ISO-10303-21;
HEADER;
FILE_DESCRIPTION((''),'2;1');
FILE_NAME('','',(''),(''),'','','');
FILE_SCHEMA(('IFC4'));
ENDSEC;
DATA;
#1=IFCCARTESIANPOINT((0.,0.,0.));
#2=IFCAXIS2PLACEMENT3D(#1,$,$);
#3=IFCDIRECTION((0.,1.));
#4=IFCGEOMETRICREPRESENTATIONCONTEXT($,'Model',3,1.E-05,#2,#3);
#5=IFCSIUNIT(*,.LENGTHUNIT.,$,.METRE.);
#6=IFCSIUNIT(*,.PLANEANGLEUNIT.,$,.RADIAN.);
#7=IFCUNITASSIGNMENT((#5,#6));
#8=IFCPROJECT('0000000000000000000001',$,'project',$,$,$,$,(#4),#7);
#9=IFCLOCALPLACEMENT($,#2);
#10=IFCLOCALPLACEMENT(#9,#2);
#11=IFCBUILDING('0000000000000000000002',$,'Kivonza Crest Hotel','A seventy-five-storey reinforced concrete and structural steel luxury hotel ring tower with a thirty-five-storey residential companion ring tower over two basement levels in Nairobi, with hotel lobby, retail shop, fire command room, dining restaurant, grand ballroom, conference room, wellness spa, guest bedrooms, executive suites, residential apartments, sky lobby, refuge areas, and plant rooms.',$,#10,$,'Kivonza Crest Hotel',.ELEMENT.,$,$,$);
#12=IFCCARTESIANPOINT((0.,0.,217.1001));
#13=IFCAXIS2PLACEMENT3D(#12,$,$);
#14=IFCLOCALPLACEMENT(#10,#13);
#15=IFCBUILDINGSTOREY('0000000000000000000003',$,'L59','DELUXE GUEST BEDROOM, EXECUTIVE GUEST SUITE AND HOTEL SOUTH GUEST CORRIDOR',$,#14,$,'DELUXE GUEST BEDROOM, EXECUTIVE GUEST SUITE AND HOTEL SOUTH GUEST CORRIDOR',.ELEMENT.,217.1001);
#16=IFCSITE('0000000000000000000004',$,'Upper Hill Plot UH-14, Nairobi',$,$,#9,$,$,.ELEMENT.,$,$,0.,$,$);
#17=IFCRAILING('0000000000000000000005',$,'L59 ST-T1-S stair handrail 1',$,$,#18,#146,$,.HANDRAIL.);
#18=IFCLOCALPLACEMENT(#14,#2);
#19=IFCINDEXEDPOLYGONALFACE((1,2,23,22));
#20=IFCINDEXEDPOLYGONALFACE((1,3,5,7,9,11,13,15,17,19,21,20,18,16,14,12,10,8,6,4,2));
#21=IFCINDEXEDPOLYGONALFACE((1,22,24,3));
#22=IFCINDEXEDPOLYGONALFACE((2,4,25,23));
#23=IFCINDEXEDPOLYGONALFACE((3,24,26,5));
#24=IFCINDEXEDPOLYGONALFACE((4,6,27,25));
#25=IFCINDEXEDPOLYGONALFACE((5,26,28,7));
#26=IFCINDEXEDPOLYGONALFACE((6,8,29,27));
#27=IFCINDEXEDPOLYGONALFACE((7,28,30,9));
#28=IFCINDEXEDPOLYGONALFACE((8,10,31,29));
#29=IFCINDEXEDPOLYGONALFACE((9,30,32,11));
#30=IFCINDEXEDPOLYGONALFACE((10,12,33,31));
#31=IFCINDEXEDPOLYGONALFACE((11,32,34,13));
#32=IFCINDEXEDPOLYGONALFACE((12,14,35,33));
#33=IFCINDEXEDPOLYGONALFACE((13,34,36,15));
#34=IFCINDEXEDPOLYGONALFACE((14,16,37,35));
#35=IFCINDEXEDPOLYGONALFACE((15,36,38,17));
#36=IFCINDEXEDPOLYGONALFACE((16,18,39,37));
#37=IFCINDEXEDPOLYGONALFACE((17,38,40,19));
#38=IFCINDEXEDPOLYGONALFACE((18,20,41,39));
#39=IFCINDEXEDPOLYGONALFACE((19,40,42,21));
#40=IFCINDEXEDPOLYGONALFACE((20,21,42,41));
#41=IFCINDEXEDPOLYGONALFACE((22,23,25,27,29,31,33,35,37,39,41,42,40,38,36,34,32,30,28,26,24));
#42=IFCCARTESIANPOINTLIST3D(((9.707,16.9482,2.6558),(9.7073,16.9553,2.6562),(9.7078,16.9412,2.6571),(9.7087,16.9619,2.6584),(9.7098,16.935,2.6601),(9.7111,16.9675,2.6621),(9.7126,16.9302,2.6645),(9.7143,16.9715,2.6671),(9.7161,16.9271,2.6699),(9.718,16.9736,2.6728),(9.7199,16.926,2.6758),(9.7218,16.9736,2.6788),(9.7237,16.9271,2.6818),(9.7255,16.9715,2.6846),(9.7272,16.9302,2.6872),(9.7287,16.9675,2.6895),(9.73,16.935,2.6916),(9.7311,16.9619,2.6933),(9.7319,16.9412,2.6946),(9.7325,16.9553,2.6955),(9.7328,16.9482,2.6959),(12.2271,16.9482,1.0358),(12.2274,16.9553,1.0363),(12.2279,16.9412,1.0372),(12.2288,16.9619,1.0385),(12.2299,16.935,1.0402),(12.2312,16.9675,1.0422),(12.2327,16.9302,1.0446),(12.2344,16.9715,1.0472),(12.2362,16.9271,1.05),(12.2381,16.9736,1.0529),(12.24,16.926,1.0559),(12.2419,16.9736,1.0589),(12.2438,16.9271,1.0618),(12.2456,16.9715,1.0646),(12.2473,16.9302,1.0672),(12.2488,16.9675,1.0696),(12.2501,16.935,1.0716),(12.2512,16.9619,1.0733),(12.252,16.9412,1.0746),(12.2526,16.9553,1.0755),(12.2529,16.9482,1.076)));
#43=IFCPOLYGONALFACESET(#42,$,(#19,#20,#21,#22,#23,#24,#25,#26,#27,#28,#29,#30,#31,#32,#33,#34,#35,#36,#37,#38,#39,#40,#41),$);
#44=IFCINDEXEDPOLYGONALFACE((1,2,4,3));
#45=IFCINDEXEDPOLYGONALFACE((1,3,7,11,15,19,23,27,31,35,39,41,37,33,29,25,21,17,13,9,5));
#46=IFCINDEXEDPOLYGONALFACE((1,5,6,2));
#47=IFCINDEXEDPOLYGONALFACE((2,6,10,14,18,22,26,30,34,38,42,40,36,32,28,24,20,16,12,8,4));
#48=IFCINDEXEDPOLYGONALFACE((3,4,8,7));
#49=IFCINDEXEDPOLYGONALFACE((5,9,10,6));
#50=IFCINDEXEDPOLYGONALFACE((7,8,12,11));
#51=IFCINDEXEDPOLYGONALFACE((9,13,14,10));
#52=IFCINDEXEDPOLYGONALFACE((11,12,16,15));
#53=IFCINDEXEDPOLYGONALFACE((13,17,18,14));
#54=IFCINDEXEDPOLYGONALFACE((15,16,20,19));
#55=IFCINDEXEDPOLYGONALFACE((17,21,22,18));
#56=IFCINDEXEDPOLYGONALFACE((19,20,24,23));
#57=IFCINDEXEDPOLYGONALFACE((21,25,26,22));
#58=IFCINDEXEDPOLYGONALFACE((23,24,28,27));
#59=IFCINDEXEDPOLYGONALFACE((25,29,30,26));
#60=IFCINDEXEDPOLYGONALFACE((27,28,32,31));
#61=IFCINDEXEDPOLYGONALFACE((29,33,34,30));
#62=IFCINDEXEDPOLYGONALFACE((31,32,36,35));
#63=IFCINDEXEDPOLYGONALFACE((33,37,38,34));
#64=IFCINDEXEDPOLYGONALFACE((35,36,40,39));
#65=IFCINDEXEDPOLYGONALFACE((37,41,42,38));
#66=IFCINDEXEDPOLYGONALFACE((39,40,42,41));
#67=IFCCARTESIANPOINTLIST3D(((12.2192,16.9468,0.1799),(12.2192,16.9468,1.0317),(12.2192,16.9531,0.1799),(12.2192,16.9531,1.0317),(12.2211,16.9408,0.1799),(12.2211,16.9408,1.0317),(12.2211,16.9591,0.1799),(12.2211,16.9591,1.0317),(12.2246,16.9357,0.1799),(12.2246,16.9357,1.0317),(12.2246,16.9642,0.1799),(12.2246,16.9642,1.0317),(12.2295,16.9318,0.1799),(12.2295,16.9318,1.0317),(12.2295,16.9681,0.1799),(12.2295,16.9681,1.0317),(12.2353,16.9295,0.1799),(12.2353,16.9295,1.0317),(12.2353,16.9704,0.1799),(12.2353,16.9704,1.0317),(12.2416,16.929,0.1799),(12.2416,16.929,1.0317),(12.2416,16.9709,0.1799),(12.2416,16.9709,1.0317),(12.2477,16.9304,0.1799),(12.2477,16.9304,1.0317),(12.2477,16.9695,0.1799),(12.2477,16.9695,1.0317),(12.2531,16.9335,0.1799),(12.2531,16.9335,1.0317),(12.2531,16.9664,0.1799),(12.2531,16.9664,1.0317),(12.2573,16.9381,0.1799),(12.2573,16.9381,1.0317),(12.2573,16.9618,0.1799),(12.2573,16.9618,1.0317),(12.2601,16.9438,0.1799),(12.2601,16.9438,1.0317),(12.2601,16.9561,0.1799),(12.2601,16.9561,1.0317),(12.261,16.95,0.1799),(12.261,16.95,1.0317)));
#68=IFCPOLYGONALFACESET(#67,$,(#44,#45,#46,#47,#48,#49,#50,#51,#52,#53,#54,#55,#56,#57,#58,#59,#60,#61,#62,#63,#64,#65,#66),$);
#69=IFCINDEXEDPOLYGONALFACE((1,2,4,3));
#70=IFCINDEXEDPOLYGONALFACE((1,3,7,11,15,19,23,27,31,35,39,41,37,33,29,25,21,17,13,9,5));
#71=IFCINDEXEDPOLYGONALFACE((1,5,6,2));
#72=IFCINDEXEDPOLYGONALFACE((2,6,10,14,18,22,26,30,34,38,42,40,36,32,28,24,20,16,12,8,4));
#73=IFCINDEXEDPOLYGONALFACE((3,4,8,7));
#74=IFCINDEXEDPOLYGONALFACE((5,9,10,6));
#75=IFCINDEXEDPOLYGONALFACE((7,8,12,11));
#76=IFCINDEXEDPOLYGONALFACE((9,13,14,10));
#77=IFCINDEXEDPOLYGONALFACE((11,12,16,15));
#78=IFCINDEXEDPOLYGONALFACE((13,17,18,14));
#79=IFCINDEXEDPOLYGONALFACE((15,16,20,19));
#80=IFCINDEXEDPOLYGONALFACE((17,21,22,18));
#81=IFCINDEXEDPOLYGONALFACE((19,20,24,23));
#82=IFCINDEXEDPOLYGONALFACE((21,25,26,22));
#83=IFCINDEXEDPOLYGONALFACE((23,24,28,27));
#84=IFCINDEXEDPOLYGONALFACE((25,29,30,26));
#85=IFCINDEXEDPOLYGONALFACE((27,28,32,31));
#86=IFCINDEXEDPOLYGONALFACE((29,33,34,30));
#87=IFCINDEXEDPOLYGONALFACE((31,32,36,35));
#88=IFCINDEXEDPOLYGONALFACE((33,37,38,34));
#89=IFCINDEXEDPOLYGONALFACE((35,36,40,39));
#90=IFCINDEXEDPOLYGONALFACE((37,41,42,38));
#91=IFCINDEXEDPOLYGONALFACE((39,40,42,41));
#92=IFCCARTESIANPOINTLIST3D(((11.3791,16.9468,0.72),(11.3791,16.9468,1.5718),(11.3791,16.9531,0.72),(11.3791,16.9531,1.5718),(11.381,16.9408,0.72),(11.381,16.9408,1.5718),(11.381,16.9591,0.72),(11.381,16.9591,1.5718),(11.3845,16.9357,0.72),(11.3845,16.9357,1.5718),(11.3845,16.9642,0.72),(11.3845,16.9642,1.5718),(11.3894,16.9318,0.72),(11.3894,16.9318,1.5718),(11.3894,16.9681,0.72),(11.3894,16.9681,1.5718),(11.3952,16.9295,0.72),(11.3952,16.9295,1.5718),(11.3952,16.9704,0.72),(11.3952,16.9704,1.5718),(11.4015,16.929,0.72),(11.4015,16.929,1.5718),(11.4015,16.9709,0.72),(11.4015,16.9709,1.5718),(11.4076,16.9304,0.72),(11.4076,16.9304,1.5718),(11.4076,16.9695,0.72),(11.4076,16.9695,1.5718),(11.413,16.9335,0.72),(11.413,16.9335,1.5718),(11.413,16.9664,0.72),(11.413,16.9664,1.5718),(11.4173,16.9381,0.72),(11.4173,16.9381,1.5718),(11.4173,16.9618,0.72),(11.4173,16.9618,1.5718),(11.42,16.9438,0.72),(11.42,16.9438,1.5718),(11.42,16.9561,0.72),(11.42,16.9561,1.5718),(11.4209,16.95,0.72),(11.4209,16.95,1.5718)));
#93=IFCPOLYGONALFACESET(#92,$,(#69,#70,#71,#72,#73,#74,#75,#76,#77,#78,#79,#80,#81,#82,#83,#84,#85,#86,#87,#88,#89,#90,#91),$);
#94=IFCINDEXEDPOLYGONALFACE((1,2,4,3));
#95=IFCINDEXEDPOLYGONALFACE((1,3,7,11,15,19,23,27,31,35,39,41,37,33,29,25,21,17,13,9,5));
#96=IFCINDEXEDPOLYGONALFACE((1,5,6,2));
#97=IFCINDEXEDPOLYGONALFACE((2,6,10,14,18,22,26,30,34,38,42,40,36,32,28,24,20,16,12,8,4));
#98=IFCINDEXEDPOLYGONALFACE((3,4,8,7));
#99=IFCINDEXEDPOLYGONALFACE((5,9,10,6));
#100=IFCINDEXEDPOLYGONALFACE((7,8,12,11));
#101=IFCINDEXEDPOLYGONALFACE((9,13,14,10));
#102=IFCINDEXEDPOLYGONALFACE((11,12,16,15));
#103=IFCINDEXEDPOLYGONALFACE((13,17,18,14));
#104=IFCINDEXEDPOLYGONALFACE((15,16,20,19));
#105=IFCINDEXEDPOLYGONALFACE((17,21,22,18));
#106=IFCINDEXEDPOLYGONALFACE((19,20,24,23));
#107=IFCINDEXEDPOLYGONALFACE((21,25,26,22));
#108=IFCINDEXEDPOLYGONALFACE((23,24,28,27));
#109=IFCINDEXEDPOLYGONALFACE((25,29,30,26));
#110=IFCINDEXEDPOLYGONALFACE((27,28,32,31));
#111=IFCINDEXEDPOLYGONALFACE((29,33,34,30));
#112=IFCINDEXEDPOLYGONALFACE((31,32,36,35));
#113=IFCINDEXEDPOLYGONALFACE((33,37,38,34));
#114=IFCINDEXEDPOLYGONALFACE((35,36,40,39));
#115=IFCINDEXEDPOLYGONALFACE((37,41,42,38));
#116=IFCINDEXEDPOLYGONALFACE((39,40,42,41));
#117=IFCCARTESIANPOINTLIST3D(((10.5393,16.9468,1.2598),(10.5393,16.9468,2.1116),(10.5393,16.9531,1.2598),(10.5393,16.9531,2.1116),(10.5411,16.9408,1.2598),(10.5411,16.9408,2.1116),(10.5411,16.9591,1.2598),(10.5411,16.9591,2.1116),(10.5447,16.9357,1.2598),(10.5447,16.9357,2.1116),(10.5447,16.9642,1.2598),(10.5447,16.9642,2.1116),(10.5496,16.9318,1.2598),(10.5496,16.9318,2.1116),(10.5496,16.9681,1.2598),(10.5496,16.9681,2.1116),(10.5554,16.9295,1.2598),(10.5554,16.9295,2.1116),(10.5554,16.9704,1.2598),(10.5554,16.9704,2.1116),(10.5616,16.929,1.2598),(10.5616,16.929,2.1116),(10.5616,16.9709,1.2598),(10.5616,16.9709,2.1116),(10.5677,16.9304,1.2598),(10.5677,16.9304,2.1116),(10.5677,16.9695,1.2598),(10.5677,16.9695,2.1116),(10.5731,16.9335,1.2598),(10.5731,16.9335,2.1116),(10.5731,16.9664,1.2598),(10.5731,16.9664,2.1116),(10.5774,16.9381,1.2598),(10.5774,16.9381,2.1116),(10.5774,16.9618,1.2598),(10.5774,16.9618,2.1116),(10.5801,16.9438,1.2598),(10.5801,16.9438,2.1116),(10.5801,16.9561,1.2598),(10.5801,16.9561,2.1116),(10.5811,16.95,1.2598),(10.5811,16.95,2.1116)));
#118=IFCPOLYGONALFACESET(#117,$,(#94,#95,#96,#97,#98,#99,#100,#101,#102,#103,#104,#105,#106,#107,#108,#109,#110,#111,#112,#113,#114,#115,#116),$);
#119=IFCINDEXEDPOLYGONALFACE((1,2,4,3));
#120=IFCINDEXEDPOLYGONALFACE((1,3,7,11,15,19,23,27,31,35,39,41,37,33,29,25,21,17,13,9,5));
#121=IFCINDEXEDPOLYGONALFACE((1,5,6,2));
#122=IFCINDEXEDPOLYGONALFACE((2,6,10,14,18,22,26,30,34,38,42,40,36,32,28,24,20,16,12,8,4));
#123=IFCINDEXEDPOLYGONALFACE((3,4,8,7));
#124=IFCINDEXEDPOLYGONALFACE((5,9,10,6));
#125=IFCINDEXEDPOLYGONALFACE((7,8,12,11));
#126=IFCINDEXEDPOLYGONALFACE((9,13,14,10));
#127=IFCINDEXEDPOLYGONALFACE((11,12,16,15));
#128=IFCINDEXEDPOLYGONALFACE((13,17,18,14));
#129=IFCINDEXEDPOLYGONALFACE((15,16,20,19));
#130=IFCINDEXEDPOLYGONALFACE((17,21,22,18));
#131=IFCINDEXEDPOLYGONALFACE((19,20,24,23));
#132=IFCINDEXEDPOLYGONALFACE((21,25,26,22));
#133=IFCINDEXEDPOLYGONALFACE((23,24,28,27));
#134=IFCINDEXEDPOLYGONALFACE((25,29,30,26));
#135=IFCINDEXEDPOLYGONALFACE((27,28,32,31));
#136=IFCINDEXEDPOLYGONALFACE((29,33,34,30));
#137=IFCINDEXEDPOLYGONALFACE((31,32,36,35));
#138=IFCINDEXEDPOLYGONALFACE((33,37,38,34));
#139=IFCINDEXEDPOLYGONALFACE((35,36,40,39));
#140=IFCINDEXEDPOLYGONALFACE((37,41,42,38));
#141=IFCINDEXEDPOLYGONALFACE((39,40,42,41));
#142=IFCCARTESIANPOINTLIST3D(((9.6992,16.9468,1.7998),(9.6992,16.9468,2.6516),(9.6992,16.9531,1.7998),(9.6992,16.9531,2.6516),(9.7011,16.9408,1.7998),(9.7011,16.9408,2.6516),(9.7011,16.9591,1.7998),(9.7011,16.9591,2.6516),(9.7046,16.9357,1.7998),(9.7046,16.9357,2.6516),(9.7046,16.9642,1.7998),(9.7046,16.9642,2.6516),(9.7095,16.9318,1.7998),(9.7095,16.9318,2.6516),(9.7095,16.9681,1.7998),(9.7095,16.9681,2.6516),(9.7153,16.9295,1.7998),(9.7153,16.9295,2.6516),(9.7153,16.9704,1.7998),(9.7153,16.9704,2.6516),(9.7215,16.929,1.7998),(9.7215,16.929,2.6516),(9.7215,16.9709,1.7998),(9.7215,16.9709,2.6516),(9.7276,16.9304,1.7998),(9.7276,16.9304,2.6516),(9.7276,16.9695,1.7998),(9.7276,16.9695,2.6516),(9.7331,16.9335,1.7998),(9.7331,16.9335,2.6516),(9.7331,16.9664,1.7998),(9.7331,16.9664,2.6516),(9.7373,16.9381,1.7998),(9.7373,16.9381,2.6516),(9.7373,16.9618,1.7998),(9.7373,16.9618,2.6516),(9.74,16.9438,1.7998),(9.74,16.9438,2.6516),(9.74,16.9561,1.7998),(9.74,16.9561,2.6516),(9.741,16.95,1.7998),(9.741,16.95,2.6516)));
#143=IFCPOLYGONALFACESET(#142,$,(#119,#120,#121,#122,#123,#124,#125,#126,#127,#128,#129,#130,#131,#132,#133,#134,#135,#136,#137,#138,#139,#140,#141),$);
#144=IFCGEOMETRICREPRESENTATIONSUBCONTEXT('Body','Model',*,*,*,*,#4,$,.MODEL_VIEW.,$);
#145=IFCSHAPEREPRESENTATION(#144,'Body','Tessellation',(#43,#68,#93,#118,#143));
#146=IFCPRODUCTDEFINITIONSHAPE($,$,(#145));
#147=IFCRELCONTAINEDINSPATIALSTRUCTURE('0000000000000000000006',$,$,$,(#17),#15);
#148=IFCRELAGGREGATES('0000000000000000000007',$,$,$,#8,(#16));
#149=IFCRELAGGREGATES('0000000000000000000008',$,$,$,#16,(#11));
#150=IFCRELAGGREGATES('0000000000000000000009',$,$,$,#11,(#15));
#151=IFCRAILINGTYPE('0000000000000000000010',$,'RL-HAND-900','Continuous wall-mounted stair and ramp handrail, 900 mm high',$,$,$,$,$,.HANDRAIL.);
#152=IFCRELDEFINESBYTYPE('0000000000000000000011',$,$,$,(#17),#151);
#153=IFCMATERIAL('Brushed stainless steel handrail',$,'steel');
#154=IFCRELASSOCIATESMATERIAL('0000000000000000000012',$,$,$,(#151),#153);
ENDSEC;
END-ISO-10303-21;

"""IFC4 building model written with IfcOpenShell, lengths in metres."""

from ifc_helpers import new_model, si_unit, direction, frame, origin, origin_2d, place, context, subcontext, project, spatial, circle, extrude, material, type_object, element, save


model = new_model("IFC4")

# Units and contexts
model_context = context("Model", 3, precision=1e-05, world=origin(), true_north=direction((0.0, 1.0)))
body_context = subcontext(model_context, "Body", "Model", "MODEL_VIEW")
ifc_project = project(units=[si_unit("LENGTHUNIT", "METRE"), si_unit("PLANEANGLEUNIT", "RADIAN")], contexts=[model_context])

# Site, building, storey
site_placement = place(None, origin())
site = spatial("IfcSite", under=ifc_project, at=site_placement, Name="Upper Hill Plot UH-14, Nairobi", CompositionType="ELEMENT", RefElevation=0.0)
building_placement = place(site_placement, origin())
building = spatial("IfcBuilding", under=site, at=building_placement, Name="Kivonza Crest Hotel", Description="A seventy-five-storey reinforced concrete and structural steel luxury hotel ring tower with a thirty-five-storey residential companion ring tower over two basement levels in Nairobi, with hotel lobby, retail shop, fire command room, dining restaurant, grand ballroom, conference room, wellness spa, guest bedrooms, executive suites, residential apartments, sky lobby, refuge areas, and plant rooms.", LongName="Kivonza Crest Hotel", CompositionType="ELEMENT")
storey_placement = place(building_placement, frame((0.0, 0.0, 217.1001)))
storey = spatial("IfcBuildingStorey", under=building, at=storey_placement, Name="L59", Description="DELUXE GUEST BEDROOM, EXECUTIVE GUEST SUITE AND HOTEL SOUTH GUEST CORRIDOR", LongName="DELUXE GUEST BEDROOM, EXECUTIVE GUEST SUITE AND HOTEL SOUTH GUEST CORRIDOR", CompositionType="ELEMENT", Elevation=217.1001)

# Railing
ifc_material_1 = material(Name="Brushed stainless steel handrail", Category="steel")
railing_type_1 = type_object("IfcRailingType", Name="RL-HAND-900", Description="Continuous wall-mounted stair and ramp handrail, 900 mm high", PredefinedType="HANDRAIL", material=ifc_material_1)
railing_1_placement = place(storey_placement, frame((12.24, 16.95, 0.1799)))
element("IfcRailing", 1, at=railing_1_placement, inside=storey, type_object=railing_type_1, Name="L59 ST-T1-S stair handrail 1", PredefinedType="HANDRAIL", context=body_context, shape_type="SweptSolid", body=[
    extrude(circle(Radius=0.0239, at=origin_2d()), frame((0.0, 0.0, 0.876), z_axis=(-0.8412, 0.0, 0.540725), x_axis=(0.0, -1.0, 0.0)), (0.0, 0.0, 1.0), 2.9958),
    extrude(circle(Radius=0.021, at=origin_2d()), origin(), (0.0, 0.0, 1.0), 0.8518),
    extrude(circle(Radius=0.021, at=origin_2d()), frame((-0.8401, 0.0, 0.54)), (0.0, 0.0, 1.0), 0.8518),
    extrude(circle(Radius=0.021, at=origin_2d()), frame((-1.6799, 0.0, 1.0798)), (0.0, 0.0, 1.0), 0.8518),
    extrude(circle(Radius=0.021, at=origin_2d()), frame((-2.52, 0.0, 1.6199)), (0.0, 0.0, 1.0), 0.8518),
])

save(model, "model.ifc")
